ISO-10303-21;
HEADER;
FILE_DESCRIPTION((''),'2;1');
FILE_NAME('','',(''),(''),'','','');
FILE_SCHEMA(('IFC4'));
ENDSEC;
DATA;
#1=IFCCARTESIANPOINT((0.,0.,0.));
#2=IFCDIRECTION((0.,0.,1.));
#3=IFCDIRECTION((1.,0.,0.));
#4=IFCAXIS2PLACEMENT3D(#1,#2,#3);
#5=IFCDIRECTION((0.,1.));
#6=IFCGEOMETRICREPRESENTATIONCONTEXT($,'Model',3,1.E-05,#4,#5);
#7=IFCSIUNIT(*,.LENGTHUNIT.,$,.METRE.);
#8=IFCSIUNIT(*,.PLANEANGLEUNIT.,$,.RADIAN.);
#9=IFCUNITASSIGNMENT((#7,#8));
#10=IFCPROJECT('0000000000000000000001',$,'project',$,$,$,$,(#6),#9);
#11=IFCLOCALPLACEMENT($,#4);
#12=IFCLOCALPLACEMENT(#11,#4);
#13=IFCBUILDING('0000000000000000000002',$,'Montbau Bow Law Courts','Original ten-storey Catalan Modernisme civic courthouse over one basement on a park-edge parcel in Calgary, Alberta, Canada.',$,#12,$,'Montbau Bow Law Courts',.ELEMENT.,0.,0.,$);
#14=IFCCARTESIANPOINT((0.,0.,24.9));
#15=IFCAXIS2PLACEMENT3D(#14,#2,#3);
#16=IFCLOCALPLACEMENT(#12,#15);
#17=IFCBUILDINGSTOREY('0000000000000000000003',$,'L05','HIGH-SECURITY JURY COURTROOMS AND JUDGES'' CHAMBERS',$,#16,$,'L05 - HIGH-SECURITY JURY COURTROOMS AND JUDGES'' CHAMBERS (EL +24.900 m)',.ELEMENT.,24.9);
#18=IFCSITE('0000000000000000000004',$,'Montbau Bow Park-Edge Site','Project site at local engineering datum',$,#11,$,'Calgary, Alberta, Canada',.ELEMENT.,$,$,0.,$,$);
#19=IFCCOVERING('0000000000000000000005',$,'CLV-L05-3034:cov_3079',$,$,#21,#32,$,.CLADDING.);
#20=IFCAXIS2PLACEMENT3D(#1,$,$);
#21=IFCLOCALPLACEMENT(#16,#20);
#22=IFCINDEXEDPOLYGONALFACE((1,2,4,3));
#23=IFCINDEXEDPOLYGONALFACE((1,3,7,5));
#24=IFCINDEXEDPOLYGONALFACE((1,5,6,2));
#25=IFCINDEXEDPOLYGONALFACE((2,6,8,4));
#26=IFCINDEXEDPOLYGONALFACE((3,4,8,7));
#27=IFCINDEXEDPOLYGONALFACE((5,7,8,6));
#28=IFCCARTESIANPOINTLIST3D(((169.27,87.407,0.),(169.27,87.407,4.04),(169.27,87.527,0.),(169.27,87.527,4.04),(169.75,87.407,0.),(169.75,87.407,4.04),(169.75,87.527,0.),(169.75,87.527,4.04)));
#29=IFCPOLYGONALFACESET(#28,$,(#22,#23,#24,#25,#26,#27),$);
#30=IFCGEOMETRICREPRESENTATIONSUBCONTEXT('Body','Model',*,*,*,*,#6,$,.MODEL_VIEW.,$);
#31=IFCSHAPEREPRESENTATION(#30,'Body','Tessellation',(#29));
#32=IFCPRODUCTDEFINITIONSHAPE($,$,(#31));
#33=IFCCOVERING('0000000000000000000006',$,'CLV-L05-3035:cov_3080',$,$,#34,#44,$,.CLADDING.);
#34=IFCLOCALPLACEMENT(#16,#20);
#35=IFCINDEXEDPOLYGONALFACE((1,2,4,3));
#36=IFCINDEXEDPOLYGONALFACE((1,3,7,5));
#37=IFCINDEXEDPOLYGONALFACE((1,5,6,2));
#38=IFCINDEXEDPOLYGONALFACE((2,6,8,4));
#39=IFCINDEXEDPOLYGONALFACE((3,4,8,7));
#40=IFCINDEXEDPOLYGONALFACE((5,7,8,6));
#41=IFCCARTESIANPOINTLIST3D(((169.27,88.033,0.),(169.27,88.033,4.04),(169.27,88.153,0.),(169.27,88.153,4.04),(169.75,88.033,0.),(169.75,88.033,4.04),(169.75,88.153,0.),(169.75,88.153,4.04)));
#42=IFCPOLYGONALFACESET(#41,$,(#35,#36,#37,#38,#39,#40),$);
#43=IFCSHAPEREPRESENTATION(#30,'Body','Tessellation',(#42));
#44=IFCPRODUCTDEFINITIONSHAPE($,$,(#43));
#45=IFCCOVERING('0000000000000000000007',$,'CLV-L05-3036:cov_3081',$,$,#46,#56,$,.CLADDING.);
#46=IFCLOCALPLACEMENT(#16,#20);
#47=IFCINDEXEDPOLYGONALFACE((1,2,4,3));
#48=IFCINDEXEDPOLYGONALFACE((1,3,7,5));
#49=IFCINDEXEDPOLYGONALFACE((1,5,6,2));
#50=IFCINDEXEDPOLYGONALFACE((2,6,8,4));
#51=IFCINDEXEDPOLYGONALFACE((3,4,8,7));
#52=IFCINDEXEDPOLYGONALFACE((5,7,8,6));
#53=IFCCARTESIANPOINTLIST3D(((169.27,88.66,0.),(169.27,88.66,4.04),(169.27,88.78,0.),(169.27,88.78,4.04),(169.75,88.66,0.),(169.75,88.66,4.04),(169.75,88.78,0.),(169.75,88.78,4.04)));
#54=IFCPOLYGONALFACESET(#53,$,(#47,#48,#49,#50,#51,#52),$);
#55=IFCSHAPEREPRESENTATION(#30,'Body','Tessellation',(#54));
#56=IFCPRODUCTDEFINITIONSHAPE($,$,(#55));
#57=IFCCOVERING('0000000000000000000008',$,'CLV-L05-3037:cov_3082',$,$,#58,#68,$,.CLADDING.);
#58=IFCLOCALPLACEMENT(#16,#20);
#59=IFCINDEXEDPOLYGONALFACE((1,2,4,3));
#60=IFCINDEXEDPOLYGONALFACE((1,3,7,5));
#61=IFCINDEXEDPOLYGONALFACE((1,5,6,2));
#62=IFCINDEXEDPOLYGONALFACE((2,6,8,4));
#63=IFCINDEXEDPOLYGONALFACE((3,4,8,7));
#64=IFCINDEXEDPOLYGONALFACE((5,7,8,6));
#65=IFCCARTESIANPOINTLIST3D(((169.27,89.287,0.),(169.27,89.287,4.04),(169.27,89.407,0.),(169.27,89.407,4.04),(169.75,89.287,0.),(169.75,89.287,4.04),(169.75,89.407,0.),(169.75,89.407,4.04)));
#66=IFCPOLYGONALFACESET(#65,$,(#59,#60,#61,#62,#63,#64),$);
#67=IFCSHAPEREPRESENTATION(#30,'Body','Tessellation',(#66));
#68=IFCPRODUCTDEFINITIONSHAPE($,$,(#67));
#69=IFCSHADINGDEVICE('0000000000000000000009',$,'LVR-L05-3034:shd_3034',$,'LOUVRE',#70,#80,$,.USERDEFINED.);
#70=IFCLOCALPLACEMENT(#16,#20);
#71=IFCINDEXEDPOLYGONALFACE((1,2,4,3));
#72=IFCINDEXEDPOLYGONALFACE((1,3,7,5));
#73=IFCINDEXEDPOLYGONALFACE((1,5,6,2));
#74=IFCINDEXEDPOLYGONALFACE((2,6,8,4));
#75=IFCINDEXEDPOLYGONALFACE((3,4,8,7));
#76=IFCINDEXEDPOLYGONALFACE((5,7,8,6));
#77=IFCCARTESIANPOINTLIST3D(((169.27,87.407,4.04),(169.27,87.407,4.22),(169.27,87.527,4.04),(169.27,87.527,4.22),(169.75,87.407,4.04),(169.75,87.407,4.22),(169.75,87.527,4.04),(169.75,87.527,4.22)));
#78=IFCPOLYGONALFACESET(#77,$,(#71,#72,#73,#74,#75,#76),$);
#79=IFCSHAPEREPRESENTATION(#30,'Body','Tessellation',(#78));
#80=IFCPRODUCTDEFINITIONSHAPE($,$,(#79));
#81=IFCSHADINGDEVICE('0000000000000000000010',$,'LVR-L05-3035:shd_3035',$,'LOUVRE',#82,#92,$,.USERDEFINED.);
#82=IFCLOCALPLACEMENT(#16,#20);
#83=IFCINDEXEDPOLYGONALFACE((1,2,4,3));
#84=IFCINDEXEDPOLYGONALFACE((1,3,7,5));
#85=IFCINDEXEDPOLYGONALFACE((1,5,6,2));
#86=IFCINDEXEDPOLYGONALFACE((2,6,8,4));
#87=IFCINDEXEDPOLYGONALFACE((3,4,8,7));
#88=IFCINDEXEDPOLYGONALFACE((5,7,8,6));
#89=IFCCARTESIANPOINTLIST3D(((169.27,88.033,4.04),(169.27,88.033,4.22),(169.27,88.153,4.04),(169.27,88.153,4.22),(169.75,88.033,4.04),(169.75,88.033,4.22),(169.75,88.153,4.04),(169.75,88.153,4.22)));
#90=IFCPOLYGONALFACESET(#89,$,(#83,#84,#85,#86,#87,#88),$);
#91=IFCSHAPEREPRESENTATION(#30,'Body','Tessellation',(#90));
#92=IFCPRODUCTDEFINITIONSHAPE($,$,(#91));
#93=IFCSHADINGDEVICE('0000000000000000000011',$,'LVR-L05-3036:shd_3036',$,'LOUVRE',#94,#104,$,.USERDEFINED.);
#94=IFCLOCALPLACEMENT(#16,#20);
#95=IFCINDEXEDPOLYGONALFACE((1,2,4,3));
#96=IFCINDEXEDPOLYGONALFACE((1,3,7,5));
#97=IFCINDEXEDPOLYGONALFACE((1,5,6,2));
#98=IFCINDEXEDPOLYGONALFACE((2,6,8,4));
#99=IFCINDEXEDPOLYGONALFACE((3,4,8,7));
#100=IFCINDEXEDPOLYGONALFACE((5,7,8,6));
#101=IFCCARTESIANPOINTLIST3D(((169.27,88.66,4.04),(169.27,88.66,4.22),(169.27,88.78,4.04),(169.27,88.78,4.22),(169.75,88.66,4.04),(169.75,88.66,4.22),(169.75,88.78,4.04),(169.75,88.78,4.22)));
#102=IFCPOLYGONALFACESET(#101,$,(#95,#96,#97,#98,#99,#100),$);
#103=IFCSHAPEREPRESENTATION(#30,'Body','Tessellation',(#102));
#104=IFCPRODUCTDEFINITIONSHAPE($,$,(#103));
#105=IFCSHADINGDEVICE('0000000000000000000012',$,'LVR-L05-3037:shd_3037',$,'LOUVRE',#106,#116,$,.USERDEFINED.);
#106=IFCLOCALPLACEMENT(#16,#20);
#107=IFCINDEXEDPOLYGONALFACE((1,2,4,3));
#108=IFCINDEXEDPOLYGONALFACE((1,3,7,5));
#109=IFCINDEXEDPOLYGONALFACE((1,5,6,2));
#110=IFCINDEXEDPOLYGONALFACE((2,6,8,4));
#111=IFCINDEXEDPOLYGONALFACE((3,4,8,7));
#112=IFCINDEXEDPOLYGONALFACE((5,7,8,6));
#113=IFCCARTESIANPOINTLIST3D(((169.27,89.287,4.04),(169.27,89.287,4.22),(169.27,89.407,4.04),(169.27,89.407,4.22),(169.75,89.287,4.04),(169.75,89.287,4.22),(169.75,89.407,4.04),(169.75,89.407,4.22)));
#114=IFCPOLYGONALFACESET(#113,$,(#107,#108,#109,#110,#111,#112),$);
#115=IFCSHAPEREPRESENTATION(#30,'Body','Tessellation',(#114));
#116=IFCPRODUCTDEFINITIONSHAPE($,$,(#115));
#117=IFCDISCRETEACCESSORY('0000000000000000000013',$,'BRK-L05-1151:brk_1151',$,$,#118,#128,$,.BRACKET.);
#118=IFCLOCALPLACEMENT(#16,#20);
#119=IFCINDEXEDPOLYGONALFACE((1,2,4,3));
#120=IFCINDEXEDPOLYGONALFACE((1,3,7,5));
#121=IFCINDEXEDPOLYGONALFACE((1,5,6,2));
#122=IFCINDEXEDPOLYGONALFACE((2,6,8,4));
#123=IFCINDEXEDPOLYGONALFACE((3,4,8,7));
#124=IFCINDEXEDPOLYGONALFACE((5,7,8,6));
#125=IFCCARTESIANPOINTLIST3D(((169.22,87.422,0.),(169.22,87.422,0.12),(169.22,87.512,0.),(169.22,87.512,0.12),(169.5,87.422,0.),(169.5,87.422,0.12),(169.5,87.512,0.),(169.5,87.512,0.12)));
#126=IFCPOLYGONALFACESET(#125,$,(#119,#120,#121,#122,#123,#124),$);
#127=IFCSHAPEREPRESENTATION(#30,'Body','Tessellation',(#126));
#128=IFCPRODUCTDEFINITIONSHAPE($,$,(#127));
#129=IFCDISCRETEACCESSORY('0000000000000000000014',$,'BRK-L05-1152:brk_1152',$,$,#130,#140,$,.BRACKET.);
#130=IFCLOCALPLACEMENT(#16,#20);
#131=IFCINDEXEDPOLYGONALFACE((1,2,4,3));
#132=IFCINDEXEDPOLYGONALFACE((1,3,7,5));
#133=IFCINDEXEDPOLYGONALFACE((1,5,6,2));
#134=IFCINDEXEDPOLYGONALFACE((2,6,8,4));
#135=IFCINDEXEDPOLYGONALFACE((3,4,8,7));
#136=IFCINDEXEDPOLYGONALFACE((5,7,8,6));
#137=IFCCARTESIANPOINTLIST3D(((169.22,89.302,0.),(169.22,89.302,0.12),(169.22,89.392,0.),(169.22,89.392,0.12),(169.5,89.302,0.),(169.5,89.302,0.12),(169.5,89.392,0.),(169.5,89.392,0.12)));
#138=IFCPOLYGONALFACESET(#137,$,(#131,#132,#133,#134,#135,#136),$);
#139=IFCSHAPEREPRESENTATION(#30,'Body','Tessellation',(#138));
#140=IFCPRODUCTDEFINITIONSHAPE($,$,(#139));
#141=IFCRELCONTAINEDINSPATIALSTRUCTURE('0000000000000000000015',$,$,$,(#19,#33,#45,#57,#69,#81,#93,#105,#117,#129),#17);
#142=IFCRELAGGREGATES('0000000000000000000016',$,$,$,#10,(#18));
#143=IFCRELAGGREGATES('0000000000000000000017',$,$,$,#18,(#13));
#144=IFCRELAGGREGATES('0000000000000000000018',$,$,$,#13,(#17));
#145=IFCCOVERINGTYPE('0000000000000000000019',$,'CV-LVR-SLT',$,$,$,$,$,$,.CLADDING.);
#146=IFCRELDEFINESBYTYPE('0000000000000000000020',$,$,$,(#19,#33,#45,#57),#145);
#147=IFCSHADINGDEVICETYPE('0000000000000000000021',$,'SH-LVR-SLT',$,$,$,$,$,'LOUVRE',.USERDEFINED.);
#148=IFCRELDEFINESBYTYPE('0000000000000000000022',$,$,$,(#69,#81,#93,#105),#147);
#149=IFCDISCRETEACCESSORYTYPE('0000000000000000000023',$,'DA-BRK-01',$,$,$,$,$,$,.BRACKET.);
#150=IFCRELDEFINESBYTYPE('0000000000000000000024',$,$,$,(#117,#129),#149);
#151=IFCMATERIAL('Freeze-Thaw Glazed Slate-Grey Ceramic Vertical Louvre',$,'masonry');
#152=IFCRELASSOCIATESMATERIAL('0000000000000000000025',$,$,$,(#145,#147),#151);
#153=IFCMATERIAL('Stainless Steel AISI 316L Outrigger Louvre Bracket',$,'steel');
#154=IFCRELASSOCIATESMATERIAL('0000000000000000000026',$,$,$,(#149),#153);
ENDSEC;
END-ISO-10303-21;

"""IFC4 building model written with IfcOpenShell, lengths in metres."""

from ifc_helpers import new_model, si_unit, direction, frame, frame_2d, origin_with_axes, origin_2d_with_axis, place, context, subcontext, project, spatial, rectangle, extrude, material, type_object, element, save


model = new_model("IFC4")

# Units and contexts
model_context = context("Model", 3, precision=1e-05, world=origin_with_axes(), true_north=direction((0.0, 1.0)))
body_context = subcontext(model_context, "Body", "Model", "MODEL_VIEW")
ifc_project = project(units=[si_unit("LENGTHUNIT", "METRE"), si_unit("PLANEANGLEUNIT", "RADIAN")], contexts=[model_context])

# Site, building, storey
site_placement = place(None, origin_with_axes())
site = spatial("IfcSite", under=ifc_project, at=site_placement, Name="Montbau Bow Park-Edge Site", Description="Project site at local engineering datum", LongName="Calgary, Alberta, Canada", CompositionType="ELEMENT", RefElevation=0.0)
building_placement = place(site_placement, origin_with_axes())
building = spatial("IfcBuilding", under=site, at=building_placement, Name="Montbau Bow Law Courts", Description="Original ten-storey Catalan Modernisme civic courthouse over one basement on a park-edge parcel in Calgary, Alberta, Canada.", LongName="Montbau Bow Law Courts", CompositionType="ELEMENT", ElevationOfRefHeight=0.0, ElevationOfTerrain=0.0)
storey_placement = place(building_placement, frame((0.0, 0.0, 24.9), z_axis=(0.0, 0.0, 1.0), x_axis=(1.0, 0.0, 0.0)))
storey = spatial("IfcBuildingStorey", under=building, at=storey_placement, Name="L05", Description="HIGH-SECURITY JURY COURTROOMS AND JUDGES' CHAMBERS", LongName="L05 - HIGH-SECURITY JURY COURTROOMS AND JUDGES' CHAMBERS (EL +24.900 m)", CompositionType="ELEMENT", Elevation=24.9)

# Coverings
ifc_material_1 = material(Name="Freeze-Thaw Glazed Slate-Grey Ceramic Vertical Louvre", Category="masonry")
covering_type = type_object("IfcCoveringType", Name="CV-LVR-SLT", PredefinedType="CLADDING", material=ifc_material_1)
for number, where, z_axis, x_axis, name in (
    (1, (169.27, 87.467, 24.9), (0.0, -1.0, 0.0), (1.0, 0.0, 0.0), "CLV-L05-3034:cov_3079"),
    (2, (169.27, 88.093, 24.9), (0.0, -1.0, 0.0), (1.0, 0.0, 0.0), "CLV-L05-3035:cov_3080"),
    (3, (169.27, 88.72, 24.9), (0.0, -1.0, 0.0), (1.0, 0.0, 0.0), "CLV-L05-3036:cov_3081"),
    (4, (169.27, 89.347, 24.9), (0.0, -1.0, 0.0), (1.0, 0.0, 0.0), "CLV-L05-3037:cov_3082"),
):
    element("IfcCovering", number, at=place(None, frame(where, z_axis=z_axis, x_axis=x_axis)), inside=storey, type_object=covering_type, Name=name, PredefinedType="CLADDING", context=body_context, shape_type="SweptSolid", body=[
        extrude(rectangle(XDim=0.48, YDim=4.04, at=frame_2d((0.24, 2.02), x_axis=(1.0, 0.0))), frame((0.0, 0.0, -0.06), z_axis=(0.0, 0.0, 1.0), x_axis=(1.0, 0.0, 0.0)), (0.0, 0.0, 1.0), 0.12),
    ])

# Shading devices
shading_device_type = type_object("IfcShadingDeviceType", Name="SH-LVR-SLT", ElementType="LOUVRE", PredefinedType="USERDEFINED", material=ifc_material_1)
for number, where, z_axis, x_axis, name in (
    (5, (169.51, 87.467, 28.94), (0.0, 0.0, 1.0), (1.0, 0.0, 0.0), "LVR-L05-3034:shd_3034"),
    (6, (169.51, 88.093, 28.94), (0.0, 0.0, 1.0), (1.0, 0.0, 0.0), "LVR-L05-3035:shd_3035"),
    (7, (169.51, 88.72, 28.94), (0.0, 0.0, 1.0), (1.0, 0.0, 0.0), "LVR-L05-3036:shd_3036"),
    (8, (169.51, 89.347, 28.94), (0.0, 0.0, 1.0), (1.0, 0.0, 0.0), "LVR-L05-3037:shd_3037"),
):
    element("IfcShadingDevice", number, at=place(None, frame(where, z_axis=z_axis, x_axis=x_axis)), inside=storey, type_object=shading_device_type, Name=name, ObjectType="LOUVRE", PredefinedType="USERDEFINED", context=body_context, shape_type="SweptSolid", body=[
        extrude(rectangle(XDim=0.48, YDim=0.12, at=origin_2d_with_axis()), origin_with_axes(), (0.0, 0.0, 1.0), 0.18),
    ])

# Discrete accessories
ifc_material_2 = material(Name="Stainless Steel AISI 316L Outrigger Louvre Bracket", Category="steel")
discrete_accessory_type = type_object("IfcDiscreteAccessoryType", Name="DA-BRK-01", PredefinedType="BRACKET", material=ifc_material_2)
for number, where, z_axis, x_axis, name in (
    (9, (169.36, 87.467, 24.9), (0.0, 0.0, 1.0), (1.0, 0.0, 0.0), "BRK-L05-1151:brk_1151"),
    (10, (169.36, 89.347, 24.9), (0.0, 0.0, 1.0), (1.0, 0.0, 0.0), "BRK-L05-1152:brk_1152"),
):
    element("IfcDiscreteAccessory", number, at=place(None, frame(where, z_axis=z_axis, x_axis=x_axis)), inside=storey, type_object=discrete_accessory_type, Name=name, PredefinedType="BRACKET", context=body_context, shape_type="SweptSolid", body=[
        extrude(rectangle(XDim=0.28, YDim=0.09, at=origin_2d_with_axis()), origin_with_axes(), (0.0, 0.0, 1.0), 0.12),
    ])

save(model, "model.ifc")
